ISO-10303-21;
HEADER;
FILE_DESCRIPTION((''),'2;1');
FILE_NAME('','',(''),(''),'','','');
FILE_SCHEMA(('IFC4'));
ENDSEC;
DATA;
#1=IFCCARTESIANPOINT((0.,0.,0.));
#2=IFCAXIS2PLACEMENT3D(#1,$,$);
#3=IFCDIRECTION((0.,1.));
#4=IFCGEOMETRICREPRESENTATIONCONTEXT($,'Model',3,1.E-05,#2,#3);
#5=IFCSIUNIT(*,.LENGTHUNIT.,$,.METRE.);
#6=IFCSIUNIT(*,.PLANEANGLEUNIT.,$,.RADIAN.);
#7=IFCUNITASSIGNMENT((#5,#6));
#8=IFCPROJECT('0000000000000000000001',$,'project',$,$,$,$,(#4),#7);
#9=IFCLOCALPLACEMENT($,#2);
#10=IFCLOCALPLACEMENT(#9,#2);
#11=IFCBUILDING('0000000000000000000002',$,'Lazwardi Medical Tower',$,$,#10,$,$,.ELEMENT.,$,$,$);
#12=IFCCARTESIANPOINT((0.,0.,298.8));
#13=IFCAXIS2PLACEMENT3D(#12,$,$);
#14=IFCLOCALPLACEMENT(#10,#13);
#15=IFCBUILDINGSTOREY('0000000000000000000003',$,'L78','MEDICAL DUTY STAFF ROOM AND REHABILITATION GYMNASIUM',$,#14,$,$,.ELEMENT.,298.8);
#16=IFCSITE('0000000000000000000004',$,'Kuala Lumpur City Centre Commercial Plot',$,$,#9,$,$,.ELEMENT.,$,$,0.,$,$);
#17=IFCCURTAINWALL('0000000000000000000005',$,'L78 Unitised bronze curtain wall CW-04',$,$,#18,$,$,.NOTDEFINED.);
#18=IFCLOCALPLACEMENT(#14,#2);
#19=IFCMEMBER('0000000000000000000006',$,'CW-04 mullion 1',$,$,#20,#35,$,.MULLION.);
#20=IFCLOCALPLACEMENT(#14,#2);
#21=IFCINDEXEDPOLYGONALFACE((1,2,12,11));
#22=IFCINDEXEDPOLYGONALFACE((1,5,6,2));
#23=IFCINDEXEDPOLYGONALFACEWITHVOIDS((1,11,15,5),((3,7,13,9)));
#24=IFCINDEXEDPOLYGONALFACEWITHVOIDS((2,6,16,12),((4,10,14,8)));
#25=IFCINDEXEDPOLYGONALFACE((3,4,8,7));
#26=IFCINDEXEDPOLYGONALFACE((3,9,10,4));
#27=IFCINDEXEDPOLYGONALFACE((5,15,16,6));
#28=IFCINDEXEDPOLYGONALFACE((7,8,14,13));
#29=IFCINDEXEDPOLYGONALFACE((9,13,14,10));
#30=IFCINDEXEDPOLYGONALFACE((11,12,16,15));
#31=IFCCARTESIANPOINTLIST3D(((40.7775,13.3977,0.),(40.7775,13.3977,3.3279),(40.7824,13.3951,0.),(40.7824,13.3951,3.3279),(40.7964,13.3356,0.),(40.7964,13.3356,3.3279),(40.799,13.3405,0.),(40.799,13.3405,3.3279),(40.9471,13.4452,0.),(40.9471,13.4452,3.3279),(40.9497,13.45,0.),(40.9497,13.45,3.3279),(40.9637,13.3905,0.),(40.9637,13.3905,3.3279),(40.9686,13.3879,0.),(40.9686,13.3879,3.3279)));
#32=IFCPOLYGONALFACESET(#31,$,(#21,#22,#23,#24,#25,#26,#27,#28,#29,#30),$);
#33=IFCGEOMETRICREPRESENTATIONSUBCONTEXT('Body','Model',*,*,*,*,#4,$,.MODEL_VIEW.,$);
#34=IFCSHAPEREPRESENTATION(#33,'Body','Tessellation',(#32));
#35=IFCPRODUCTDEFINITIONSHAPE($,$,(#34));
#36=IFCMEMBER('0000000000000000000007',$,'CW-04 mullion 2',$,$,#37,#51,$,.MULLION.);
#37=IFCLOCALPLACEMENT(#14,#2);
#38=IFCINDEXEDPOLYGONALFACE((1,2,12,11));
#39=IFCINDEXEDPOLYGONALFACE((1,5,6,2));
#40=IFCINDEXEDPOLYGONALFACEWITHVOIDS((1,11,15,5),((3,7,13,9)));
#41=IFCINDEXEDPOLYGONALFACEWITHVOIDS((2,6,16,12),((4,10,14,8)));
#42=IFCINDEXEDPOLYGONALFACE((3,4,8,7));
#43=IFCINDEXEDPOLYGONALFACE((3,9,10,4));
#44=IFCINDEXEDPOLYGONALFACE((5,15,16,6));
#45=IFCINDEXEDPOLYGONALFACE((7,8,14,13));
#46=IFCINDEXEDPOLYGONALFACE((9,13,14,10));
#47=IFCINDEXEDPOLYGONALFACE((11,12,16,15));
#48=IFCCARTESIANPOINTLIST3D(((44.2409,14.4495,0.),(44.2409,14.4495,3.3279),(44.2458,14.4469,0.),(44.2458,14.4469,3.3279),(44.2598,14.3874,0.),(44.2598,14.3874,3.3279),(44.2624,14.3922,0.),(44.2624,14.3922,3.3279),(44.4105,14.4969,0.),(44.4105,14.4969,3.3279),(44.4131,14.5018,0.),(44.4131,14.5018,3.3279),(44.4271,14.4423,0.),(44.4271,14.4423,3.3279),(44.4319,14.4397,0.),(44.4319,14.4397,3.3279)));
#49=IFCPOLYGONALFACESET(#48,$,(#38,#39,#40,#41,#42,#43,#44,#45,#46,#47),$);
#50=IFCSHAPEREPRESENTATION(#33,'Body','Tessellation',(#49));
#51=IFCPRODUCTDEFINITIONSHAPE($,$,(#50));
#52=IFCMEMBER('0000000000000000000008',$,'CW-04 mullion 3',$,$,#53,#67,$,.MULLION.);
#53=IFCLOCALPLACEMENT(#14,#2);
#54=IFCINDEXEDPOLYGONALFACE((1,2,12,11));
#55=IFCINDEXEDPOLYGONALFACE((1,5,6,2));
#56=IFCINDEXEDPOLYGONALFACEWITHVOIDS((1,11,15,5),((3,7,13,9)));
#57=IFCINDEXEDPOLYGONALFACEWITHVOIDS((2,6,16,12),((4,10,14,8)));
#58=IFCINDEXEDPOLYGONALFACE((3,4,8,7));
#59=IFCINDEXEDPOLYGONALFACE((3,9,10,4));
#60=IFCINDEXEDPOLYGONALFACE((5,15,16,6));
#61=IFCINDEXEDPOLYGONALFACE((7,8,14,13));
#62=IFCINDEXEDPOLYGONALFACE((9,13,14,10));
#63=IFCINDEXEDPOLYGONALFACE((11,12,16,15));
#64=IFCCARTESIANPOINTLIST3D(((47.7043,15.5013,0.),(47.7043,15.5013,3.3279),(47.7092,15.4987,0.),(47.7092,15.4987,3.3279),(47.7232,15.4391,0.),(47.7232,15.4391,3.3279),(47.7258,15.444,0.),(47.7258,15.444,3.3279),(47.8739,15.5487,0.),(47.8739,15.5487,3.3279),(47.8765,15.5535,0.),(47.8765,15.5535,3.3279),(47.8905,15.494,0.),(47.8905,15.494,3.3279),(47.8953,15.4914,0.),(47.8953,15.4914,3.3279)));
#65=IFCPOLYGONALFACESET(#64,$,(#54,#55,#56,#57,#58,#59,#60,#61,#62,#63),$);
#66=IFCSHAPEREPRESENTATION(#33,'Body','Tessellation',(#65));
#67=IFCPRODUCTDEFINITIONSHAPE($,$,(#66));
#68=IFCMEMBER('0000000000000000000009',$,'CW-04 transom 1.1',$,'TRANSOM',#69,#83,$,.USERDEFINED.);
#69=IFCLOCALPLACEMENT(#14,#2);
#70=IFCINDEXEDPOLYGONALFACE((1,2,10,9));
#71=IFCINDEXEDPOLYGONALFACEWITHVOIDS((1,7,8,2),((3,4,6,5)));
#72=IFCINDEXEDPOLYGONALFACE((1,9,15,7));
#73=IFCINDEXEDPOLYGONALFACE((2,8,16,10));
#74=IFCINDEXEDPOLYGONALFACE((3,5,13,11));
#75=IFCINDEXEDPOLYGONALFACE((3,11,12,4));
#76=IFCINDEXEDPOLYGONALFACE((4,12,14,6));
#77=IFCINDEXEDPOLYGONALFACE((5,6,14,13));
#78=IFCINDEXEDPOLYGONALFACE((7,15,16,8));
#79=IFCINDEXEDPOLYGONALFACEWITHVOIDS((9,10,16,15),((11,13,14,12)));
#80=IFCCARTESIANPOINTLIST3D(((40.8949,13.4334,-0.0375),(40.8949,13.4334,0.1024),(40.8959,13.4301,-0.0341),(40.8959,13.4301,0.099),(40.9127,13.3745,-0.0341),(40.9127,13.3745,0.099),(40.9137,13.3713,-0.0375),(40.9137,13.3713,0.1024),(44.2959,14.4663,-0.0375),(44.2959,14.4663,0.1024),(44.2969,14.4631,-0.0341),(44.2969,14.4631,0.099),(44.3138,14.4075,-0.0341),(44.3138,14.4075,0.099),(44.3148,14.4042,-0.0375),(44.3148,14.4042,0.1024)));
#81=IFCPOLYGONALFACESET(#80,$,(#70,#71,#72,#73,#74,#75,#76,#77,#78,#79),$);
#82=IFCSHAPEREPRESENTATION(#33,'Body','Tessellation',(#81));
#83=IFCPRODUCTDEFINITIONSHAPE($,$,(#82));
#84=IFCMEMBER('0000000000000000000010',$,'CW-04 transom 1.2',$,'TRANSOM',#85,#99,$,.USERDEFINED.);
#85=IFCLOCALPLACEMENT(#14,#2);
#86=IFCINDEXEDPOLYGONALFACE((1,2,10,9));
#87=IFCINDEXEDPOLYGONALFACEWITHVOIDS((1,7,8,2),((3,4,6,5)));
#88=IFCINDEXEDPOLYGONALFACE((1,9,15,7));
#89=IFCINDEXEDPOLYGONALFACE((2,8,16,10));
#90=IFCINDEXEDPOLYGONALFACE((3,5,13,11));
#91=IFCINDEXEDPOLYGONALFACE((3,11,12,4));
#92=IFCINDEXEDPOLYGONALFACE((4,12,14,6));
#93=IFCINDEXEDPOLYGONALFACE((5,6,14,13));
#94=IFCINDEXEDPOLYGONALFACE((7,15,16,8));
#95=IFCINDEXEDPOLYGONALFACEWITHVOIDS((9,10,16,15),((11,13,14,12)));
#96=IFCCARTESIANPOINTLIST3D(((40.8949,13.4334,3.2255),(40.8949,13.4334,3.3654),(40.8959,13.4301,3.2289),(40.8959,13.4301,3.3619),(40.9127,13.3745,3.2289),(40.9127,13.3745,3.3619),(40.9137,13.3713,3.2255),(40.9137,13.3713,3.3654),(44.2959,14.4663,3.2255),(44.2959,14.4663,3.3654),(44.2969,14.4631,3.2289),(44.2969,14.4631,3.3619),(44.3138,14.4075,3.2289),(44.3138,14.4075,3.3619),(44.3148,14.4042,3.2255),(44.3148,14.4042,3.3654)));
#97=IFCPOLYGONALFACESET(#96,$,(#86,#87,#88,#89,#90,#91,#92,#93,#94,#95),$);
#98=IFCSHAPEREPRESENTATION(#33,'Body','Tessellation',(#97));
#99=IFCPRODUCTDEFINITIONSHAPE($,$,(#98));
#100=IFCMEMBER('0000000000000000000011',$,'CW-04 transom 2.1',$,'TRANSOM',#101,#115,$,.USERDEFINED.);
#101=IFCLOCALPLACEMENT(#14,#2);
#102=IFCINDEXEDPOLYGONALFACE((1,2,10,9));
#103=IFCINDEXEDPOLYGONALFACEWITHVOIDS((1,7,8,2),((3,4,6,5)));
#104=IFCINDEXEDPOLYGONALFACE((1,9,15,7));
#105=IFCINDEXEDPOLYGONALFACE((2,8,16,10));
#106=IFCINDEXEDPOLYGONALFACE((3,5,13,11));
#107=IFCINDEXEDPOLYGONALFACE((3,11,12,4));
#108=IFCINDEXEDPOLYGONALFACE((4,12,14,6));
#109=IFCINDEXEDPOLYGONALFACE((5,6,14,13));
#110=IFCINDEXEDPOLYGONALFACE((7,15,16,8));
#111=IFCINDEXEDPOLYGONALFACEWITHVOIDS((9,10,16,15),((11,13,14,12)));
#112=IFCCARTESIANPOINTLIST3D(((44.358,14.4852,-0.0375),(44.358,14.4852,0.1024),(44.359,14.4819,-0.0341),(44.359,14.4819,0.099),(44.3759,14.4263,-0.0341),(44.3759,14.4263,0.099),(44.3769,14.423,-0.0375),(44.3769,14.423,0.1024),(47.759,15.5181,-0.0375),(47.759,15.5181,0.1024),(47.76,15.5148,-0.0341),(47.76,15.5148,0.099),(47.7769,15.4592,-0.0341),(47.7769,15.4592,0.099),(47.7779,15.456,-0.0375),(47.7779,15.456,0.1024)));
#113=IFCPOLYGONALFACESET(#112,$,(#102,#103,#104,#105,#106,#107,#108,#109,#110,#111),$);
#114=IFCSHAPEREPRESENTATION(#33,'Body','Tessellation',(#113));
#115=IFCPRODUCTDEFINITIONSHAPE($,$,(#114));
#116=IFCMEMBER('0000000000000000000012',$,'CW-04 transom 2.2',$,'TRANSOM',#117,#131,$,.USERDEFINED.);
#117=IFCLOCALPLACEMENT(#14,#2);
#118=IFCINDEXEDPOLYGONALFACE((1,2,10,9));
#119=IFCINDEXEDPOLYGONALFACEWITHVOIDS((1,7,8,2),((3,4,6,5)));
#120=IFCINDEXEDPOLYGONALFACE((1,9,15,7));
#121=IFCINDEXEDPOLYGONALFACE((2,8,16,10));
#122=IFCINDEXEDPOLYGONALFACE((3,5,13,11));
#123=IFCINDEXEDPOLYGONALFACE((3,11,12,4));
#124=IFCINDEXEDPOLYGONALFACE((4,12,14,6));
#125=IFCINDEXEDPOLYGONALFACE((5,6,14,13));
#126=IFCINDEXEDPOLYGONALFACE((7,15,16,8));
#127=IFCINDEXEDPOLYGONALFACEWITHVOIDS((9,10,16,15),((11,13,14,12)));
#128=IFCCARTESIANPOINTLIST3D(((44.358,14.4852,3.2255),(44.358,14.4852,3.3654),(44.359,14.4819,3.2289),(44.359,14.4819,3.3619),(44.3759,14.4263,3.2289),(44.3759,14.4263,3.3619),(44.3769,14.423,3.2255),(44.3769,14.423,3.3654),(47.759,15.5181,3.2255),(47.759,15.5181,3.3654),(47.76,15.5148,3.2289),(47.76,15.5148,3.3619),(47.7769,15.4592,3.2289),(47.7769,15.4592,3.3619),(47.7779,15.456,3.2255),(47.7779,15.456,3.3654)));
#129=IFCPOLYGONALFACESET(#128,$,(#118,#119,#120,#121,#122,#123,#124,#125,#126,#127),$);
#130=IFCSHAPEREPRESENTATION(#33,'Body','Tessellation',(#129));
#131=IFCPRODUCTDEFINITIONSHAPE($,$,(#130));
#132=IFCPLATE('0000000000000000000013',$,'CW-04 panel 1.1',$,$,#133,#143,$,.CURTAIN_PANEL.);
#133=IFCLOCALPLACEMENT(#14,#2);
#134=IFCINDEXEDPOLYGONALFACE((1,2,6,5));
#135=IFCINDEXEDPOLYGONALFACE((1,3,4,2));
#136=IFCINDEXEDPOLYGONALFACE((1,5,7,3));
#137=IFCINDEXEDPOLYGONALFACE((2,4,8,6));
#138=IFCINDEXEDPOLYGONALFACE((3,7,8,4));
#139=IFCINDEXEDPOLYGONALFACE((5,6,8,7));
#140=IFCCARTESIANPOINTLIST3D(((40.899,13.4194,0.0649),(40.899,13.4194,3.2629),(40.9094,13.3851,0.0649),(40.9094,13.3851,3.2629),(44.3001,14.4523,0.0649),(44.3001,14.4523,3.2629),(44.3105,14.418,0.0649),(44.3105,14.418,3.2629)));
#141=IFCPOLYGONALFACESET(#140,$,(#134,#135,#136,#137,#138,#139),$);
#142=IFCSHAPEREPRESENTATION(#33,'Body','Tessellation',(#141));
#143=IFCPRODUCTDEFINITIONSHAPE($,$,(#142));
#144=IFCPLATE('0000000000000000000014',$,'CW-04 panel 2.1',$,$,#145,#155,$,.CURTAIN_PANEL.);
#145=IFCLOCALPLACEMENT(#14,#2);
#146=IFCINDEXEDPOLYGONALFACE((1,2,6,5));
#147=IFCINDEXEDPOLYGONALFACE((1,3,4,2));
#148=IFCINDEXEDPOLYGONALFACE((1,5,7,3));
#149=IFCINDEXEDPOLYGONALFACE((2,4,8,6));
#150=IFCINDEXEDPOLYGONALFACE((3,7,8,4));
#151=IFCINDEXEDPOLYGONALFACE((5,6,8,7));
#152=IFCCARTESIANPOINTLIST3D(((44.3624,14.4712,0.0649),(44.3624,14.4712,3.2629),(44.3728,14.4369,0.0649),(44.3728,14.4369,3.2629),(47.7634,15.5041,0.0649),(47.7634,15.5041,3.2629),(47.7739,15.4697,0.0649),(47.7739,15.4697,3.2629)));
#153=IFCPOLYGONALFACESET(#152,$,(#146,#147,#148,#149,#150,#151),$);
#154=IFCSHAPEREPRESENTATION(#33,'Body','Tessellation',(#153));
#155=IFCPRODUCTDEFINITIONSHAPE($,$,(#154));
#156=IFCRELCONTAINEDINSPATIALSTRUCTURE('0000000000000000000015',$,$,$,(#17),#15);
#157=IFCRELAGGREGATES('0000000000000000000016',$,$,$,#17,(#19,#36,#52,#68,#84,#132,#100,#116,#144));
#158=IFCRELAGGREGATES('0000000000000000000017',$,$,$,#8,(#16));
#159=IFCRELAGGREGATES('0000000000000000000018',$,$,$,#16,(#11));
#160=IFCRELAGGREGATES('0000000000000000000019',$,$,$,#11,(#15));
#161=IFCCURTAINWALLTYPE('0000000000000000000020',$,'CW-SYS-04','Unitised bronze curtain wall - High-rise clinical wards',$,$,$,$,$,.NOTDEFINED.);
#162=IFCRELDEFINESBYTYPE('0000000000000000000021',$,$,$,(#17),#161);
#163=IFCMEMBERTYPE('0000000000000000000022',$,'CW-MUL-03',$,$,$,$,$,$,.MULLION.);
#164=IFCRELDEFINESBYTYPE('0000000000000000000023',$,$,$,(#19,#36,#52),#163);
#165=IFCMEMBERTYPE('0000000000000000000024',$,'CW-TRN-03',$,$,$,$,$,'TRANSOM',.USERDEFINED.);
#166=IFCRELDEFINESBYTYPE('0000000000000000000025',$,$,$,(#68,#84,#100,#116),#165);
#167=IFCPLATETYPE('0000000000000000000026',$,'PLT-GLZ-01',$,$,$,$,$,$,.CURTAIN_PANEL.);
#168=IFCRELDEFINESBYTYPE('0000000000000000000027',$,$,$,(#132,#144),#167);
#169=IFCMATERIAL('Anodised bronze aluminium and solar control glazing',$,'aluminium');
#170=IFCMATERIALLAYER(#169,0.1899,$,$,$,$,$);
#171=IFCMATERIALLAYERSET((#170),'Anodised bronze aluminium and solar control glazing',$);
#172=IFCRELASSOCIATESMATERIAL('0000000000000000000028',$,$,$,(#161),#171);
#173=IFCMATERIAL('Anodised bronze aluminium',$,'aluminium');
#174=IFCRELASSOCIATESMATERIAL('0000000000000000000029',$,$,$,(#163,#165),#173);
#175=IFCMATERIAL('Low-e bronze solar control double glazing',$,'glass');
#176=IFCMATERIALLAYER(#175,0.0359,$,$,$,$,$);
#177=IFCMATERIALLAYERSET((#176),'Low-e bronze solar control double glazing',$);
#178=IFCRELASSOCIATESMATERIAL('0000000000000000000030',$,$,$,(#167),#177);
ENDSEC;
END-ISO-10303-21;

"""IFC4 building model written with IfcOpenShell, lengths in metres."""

from ifc_helpers import new_model, si_unit, direction, frame, origin, origin_2d, place, context, subcontext, project, spatial, rectangle, hollow_rectangle, extrude, material, layer, layer_set, material_profile, profile_set, type_object, element, aggregate, save


model = new_model("IFC4")

# Units and contexts
model_context = context("Model", 3, precision=1e-05, world=origin(), true_north=direction((0.0, 1.0)))
body_context = subcontext(model_context, "Body", "Model", "MODEL_VIEW")
ifc_project = project(units=[si_unit("LENGTHUNIT", "METRE"), si_unit("PLANEANGLEUNIT", "RADIAN")], contexts=[model_context])

# Site, building, storey
site_placement = place(None, origin())
site = spatial("IfcSite", under=ifc_project, at=site_placement, Name="Kuala Lumpur City Centre Commercial Plot", CompositionType="ELEMENT", RefElevation=0.0)
building_placement = place(site_placement, origin())
building = spatial("IfcBuilding", under=site, at=building_placement, Name="Lazwardi Medical Tower", CompositionType="ELEMENT")
storey_placement = place(building_placement, frame((0.0, 0.0, 298.8)))
storey = spatial("IfcBuildingStorey", under=building, at=storey_placement, Name="L78", Description="MEDICAL DUTY STAFF ROOM AND REHABILITATION GYMNASIUM", CompositionType="ELEMENT", Elevation=298.8)

# Curtain wall, members, plates
ifc_material_1 = material(Name="Anodised bronze aluminium and solar control glazing", Category="aluminium")
ifc_layer_1 = layer(ifc_material_1, 0.1899)
ifc_layer_set_1 = layer_set([ifc_layer_1], Name="Anodised bronze aluminium and solar control glazing")
curtain_wall_type = type_object("IfcCurtainWallType", Name="CW-SYS-04", Description="Unitised bronze curtain wall - High-rise clinical wards", PredefinedType="NOTDEFINED", material=ifc_layer_set_1)
curtain_wall_placement = place(storey_placement, origin())
curtain_wall = element("IfcCurtainWall", 1, at=curtain_wall_placement, inside=storey, type_object=curtain_wall_type, Name="L78 Unitised bronze curtain wall CW-04", PredefinedType="NOTDEFINED")
ifc_material_2 = material(Name="Anodised bronze aluminium", Category="aluminium")
ifc_material_profile_1 = material_profile(ifc_material_2, hollow_rectangle(XDim=0.0649, YDim=0.1799, WallThickness=0.0039, at=origin_2d()), Name="ALU-MULLION 180x65x4")
ifc_profile_set_1 = profile_set([ifc_material_profile_1], Name="Anodised bronze aluminium")
member_type_1 = type_object("IfcMemberType", Name="CW-MUL-03", PredefinedType="MULLION", material=ifc_profile_set_1)
member_1_placement = place(storey_placement, frame((40.873, 13.3928, 0.0), z_axis=(0.0, 0.0, 1.0), x_axis=(-0.290582, 0.95685, 0.0)))
member_1 = element("IfcMember", 2, at=member_1_placement, type_object=member_type_1, Name="CW-04 mullion 1", PredefinedType="MULLION", context=body_context, shape_type="SweptSolid", body=[
    extrude(hollow_rectangle(XDim=0.0649, YDim=0.1799, WallThickness=0.0039, at=origin_2d()), origin(), (0.0, 0.0, 1.0), 3.3279),
])
member_2_placement = place(storey_placement, frame((44.3364, 14.4446, 0.0), z_axis=(0.0, 0.0, 1.0), x_axis=(-0.290582, 0.95685, 0.0)))
member_2 = element("IfcMember", 3, at=member_2_placement, type_object=member_type_1, Name="CW-04 mullion 2", PredefinedType="MULLION", context=body_context, shape_type="SweptSolid", body=[
    extrude(hollow_rectangle(XDim=0.0649, YDim=0.1799, WallThickness=0.0039, at=origin_2d()), origin(), (0.0, 0.0, 1.0), 3.3279),
])
member_3_placement = place(storey_placement, frame((47.7998, 15.4963, 0.0), z_axis=(0.0, 0.0, 1.0), x_axis=(-0.290582, 0.95685, 0.0)))
member_3 = element("IfcMember", 4, at=member_3_placement, type_object=member_type_1, Name="CW-04 mullion 3", PredefinedType="MULLION", context=body_context, shape_type="SweptSolid", body=[
    extrude(hollow_rectangle(XDim=0.0649, YDim=0.1799, WallThickness=0.0039, at=origin_2d()), origin(), (0.0, 0.0, 1.0), 3.3279),
])
ifc_material_profile_2 = material_profile(ifc_material_2, hollow_rectangle(XDim=0.0649, YDim=0.1399, WallThickness=0.0034, at=origin_2d()), Name="ALU-TRANSOM 140x65x3.5")
ifc_profile_set_2 = profile_set([ifc_material_profile_2], Name="Anodised bronze aluminium")
member_type_2 = type_object("IfcMemberType", Name="CW-TRN-03", ElementType="TRANSOM", PredefinedType="USERDEFINED", material=ifc_profile_set_2)
member_4_placement = place(storey_placement, frame((40.9043, 13.4023, 0.0325), z_axis=(0.956843, 0.290604, 0.0), x_axis=(-0.290604, 0.956843, 0.0)))
member_4 = element("IfcMember", 5, at=member_4_placement, type_object=member_type_2, Name="CW-04 transom 1.1", ObjectType="TRANSOM", PredefinedType="USERDEFINED", context=body_context, shape_type="SweptSolid", body=[
    extrude(hollow_rectangle(XDim=0.0649, YDim=0.1399, WallThickness=0.0034, at=origin_2d()), origin(), (0.0, 0.0, 1.0), 3.5544),
])
member_5_placement = place(storey_placement, frame((40.9043, 13.4023, 3.2954), z_axis=(0.956843, 0.290604, 0.0), x_axis=(-0.290604, 0.956843, 0.0)))
member_5 = element("IfcMember", 6, at=member_5_placement, type_object=member_type_2, Name="CW-04 transom 1.2", ObjectType="TRANSOM", PredefinedType="USERDEFINED", context=body_context, shape_type="SweptSolid", body=[
    extrude(hollow_rectangle(XDim=0.0649, YDim=0.1399, WallThickness=0.0034, at=origin_2d()), origin(), (0.0, 0.0, 1.0), 3.5544),
])
member_6_placement = place(storey_placement, frame((44.3674, 14.4541, 0.0325), z_axis=(0.956843, 0.290604, 0.0), x_axis=(-0.290604, 0.956843, 0.0)))
member_6 = element("IfcMember", 7, at=member_6_placement, type_object=member_type_2, Name="CW-04 transom 2.1", ObjectType="TRANSOM", PredefinedType="USERDEFINED", context=body_context, shape_type="SweptSolid", body=[
    extrude(hollow_rectangle(XDim=0.0649, YDim=0.1399, WallThickness=0.0034, at=origin_2d()), origin(), (0.0, 0.0, 1.0), 3.5544),
])
member_7_placement = place(storey_placement, frame((44.3674, 14.4541, 3.2954), z_axis=(0.956843, 0.290604, 0.0), x_axis=(-0.290604, 0.956843, 0.0)))
member_7 = element("IfcMember", 8, at=member_7_placement, type_object=member_type_2, Name="CW-04 transom 2.2", ObjectType="TRANSOM", PredefinedType="USERDEFINED", context=body_context, shape_type="SweptSolid", body=[
    extrude(hollow_rectangle(XDim=0.0649, YDim=0.1399, WallThickness=0.0034, at=origin_2d()), origin(), (0.0, 0.0, 1.0), 3.5544),
])
ifc_material_3 = material(Name="Low-e bronze solar control double glazing", Category="glass")
ifc_layer_2 = layer(ifc_material_3, 0.0359)
ifc_layer_set_2 = layer_set([ifc_layer_2], Name="Low-e bronze solar control double glazing")
plate_type = type_object("IfcPlateType", Name="PLT-GLZ-01", PredefinedType="CURTAIN_PANEL", material=ifc_layer_set_2)
plate_1_placement = place(storey_placement, frame((42.6047, 13.9187, 0.0649), z_axis=(0.0, 0.0, 1.0), x_axis=(0.95685, 0.290582, 0.0)))
plate_1 = element("IfcPlate", 9, at=plate_1_placement, type_object=plate_type, Name="CW-04 panel 1.1", PredefinedType="CURTAIN_PANEL", context=body_context, shape_type="SweptSolid", body=[
    extrude(rectangle(XDim=3.5544, YDim=0.0359, at=origin_2d()), origin(), (0.0, 0.0, 1.0), 3.198),
])
plate_2_placement = place(storey_placement, frame((46.0681, 14.9705, 0.0649), z_axis=(0.0, 0.0, 1.0), x_axis=(0.95685, 0.290582, 0.0)))
plate_2 = element("IfcPlate", 10, at=plate_2_placement, type_object=plate_type, Name="CW-04 panel 2.1", PredefinedType="CURTAIN_PANEL", context=body_context, shape_type="SweptSolid", body=[
    extrude(rectangle(XDim=3.5544, YDim=0.0359, at=origin_2d()), origin(), (0.0, 0.0, 1.0), 3.198),
])
aggregate(curtain_wall, [member_1, member_2, member_3, member_4, member_5, plate_1, member_6, member_7, plate_2])

save(model, "model.ifc")
